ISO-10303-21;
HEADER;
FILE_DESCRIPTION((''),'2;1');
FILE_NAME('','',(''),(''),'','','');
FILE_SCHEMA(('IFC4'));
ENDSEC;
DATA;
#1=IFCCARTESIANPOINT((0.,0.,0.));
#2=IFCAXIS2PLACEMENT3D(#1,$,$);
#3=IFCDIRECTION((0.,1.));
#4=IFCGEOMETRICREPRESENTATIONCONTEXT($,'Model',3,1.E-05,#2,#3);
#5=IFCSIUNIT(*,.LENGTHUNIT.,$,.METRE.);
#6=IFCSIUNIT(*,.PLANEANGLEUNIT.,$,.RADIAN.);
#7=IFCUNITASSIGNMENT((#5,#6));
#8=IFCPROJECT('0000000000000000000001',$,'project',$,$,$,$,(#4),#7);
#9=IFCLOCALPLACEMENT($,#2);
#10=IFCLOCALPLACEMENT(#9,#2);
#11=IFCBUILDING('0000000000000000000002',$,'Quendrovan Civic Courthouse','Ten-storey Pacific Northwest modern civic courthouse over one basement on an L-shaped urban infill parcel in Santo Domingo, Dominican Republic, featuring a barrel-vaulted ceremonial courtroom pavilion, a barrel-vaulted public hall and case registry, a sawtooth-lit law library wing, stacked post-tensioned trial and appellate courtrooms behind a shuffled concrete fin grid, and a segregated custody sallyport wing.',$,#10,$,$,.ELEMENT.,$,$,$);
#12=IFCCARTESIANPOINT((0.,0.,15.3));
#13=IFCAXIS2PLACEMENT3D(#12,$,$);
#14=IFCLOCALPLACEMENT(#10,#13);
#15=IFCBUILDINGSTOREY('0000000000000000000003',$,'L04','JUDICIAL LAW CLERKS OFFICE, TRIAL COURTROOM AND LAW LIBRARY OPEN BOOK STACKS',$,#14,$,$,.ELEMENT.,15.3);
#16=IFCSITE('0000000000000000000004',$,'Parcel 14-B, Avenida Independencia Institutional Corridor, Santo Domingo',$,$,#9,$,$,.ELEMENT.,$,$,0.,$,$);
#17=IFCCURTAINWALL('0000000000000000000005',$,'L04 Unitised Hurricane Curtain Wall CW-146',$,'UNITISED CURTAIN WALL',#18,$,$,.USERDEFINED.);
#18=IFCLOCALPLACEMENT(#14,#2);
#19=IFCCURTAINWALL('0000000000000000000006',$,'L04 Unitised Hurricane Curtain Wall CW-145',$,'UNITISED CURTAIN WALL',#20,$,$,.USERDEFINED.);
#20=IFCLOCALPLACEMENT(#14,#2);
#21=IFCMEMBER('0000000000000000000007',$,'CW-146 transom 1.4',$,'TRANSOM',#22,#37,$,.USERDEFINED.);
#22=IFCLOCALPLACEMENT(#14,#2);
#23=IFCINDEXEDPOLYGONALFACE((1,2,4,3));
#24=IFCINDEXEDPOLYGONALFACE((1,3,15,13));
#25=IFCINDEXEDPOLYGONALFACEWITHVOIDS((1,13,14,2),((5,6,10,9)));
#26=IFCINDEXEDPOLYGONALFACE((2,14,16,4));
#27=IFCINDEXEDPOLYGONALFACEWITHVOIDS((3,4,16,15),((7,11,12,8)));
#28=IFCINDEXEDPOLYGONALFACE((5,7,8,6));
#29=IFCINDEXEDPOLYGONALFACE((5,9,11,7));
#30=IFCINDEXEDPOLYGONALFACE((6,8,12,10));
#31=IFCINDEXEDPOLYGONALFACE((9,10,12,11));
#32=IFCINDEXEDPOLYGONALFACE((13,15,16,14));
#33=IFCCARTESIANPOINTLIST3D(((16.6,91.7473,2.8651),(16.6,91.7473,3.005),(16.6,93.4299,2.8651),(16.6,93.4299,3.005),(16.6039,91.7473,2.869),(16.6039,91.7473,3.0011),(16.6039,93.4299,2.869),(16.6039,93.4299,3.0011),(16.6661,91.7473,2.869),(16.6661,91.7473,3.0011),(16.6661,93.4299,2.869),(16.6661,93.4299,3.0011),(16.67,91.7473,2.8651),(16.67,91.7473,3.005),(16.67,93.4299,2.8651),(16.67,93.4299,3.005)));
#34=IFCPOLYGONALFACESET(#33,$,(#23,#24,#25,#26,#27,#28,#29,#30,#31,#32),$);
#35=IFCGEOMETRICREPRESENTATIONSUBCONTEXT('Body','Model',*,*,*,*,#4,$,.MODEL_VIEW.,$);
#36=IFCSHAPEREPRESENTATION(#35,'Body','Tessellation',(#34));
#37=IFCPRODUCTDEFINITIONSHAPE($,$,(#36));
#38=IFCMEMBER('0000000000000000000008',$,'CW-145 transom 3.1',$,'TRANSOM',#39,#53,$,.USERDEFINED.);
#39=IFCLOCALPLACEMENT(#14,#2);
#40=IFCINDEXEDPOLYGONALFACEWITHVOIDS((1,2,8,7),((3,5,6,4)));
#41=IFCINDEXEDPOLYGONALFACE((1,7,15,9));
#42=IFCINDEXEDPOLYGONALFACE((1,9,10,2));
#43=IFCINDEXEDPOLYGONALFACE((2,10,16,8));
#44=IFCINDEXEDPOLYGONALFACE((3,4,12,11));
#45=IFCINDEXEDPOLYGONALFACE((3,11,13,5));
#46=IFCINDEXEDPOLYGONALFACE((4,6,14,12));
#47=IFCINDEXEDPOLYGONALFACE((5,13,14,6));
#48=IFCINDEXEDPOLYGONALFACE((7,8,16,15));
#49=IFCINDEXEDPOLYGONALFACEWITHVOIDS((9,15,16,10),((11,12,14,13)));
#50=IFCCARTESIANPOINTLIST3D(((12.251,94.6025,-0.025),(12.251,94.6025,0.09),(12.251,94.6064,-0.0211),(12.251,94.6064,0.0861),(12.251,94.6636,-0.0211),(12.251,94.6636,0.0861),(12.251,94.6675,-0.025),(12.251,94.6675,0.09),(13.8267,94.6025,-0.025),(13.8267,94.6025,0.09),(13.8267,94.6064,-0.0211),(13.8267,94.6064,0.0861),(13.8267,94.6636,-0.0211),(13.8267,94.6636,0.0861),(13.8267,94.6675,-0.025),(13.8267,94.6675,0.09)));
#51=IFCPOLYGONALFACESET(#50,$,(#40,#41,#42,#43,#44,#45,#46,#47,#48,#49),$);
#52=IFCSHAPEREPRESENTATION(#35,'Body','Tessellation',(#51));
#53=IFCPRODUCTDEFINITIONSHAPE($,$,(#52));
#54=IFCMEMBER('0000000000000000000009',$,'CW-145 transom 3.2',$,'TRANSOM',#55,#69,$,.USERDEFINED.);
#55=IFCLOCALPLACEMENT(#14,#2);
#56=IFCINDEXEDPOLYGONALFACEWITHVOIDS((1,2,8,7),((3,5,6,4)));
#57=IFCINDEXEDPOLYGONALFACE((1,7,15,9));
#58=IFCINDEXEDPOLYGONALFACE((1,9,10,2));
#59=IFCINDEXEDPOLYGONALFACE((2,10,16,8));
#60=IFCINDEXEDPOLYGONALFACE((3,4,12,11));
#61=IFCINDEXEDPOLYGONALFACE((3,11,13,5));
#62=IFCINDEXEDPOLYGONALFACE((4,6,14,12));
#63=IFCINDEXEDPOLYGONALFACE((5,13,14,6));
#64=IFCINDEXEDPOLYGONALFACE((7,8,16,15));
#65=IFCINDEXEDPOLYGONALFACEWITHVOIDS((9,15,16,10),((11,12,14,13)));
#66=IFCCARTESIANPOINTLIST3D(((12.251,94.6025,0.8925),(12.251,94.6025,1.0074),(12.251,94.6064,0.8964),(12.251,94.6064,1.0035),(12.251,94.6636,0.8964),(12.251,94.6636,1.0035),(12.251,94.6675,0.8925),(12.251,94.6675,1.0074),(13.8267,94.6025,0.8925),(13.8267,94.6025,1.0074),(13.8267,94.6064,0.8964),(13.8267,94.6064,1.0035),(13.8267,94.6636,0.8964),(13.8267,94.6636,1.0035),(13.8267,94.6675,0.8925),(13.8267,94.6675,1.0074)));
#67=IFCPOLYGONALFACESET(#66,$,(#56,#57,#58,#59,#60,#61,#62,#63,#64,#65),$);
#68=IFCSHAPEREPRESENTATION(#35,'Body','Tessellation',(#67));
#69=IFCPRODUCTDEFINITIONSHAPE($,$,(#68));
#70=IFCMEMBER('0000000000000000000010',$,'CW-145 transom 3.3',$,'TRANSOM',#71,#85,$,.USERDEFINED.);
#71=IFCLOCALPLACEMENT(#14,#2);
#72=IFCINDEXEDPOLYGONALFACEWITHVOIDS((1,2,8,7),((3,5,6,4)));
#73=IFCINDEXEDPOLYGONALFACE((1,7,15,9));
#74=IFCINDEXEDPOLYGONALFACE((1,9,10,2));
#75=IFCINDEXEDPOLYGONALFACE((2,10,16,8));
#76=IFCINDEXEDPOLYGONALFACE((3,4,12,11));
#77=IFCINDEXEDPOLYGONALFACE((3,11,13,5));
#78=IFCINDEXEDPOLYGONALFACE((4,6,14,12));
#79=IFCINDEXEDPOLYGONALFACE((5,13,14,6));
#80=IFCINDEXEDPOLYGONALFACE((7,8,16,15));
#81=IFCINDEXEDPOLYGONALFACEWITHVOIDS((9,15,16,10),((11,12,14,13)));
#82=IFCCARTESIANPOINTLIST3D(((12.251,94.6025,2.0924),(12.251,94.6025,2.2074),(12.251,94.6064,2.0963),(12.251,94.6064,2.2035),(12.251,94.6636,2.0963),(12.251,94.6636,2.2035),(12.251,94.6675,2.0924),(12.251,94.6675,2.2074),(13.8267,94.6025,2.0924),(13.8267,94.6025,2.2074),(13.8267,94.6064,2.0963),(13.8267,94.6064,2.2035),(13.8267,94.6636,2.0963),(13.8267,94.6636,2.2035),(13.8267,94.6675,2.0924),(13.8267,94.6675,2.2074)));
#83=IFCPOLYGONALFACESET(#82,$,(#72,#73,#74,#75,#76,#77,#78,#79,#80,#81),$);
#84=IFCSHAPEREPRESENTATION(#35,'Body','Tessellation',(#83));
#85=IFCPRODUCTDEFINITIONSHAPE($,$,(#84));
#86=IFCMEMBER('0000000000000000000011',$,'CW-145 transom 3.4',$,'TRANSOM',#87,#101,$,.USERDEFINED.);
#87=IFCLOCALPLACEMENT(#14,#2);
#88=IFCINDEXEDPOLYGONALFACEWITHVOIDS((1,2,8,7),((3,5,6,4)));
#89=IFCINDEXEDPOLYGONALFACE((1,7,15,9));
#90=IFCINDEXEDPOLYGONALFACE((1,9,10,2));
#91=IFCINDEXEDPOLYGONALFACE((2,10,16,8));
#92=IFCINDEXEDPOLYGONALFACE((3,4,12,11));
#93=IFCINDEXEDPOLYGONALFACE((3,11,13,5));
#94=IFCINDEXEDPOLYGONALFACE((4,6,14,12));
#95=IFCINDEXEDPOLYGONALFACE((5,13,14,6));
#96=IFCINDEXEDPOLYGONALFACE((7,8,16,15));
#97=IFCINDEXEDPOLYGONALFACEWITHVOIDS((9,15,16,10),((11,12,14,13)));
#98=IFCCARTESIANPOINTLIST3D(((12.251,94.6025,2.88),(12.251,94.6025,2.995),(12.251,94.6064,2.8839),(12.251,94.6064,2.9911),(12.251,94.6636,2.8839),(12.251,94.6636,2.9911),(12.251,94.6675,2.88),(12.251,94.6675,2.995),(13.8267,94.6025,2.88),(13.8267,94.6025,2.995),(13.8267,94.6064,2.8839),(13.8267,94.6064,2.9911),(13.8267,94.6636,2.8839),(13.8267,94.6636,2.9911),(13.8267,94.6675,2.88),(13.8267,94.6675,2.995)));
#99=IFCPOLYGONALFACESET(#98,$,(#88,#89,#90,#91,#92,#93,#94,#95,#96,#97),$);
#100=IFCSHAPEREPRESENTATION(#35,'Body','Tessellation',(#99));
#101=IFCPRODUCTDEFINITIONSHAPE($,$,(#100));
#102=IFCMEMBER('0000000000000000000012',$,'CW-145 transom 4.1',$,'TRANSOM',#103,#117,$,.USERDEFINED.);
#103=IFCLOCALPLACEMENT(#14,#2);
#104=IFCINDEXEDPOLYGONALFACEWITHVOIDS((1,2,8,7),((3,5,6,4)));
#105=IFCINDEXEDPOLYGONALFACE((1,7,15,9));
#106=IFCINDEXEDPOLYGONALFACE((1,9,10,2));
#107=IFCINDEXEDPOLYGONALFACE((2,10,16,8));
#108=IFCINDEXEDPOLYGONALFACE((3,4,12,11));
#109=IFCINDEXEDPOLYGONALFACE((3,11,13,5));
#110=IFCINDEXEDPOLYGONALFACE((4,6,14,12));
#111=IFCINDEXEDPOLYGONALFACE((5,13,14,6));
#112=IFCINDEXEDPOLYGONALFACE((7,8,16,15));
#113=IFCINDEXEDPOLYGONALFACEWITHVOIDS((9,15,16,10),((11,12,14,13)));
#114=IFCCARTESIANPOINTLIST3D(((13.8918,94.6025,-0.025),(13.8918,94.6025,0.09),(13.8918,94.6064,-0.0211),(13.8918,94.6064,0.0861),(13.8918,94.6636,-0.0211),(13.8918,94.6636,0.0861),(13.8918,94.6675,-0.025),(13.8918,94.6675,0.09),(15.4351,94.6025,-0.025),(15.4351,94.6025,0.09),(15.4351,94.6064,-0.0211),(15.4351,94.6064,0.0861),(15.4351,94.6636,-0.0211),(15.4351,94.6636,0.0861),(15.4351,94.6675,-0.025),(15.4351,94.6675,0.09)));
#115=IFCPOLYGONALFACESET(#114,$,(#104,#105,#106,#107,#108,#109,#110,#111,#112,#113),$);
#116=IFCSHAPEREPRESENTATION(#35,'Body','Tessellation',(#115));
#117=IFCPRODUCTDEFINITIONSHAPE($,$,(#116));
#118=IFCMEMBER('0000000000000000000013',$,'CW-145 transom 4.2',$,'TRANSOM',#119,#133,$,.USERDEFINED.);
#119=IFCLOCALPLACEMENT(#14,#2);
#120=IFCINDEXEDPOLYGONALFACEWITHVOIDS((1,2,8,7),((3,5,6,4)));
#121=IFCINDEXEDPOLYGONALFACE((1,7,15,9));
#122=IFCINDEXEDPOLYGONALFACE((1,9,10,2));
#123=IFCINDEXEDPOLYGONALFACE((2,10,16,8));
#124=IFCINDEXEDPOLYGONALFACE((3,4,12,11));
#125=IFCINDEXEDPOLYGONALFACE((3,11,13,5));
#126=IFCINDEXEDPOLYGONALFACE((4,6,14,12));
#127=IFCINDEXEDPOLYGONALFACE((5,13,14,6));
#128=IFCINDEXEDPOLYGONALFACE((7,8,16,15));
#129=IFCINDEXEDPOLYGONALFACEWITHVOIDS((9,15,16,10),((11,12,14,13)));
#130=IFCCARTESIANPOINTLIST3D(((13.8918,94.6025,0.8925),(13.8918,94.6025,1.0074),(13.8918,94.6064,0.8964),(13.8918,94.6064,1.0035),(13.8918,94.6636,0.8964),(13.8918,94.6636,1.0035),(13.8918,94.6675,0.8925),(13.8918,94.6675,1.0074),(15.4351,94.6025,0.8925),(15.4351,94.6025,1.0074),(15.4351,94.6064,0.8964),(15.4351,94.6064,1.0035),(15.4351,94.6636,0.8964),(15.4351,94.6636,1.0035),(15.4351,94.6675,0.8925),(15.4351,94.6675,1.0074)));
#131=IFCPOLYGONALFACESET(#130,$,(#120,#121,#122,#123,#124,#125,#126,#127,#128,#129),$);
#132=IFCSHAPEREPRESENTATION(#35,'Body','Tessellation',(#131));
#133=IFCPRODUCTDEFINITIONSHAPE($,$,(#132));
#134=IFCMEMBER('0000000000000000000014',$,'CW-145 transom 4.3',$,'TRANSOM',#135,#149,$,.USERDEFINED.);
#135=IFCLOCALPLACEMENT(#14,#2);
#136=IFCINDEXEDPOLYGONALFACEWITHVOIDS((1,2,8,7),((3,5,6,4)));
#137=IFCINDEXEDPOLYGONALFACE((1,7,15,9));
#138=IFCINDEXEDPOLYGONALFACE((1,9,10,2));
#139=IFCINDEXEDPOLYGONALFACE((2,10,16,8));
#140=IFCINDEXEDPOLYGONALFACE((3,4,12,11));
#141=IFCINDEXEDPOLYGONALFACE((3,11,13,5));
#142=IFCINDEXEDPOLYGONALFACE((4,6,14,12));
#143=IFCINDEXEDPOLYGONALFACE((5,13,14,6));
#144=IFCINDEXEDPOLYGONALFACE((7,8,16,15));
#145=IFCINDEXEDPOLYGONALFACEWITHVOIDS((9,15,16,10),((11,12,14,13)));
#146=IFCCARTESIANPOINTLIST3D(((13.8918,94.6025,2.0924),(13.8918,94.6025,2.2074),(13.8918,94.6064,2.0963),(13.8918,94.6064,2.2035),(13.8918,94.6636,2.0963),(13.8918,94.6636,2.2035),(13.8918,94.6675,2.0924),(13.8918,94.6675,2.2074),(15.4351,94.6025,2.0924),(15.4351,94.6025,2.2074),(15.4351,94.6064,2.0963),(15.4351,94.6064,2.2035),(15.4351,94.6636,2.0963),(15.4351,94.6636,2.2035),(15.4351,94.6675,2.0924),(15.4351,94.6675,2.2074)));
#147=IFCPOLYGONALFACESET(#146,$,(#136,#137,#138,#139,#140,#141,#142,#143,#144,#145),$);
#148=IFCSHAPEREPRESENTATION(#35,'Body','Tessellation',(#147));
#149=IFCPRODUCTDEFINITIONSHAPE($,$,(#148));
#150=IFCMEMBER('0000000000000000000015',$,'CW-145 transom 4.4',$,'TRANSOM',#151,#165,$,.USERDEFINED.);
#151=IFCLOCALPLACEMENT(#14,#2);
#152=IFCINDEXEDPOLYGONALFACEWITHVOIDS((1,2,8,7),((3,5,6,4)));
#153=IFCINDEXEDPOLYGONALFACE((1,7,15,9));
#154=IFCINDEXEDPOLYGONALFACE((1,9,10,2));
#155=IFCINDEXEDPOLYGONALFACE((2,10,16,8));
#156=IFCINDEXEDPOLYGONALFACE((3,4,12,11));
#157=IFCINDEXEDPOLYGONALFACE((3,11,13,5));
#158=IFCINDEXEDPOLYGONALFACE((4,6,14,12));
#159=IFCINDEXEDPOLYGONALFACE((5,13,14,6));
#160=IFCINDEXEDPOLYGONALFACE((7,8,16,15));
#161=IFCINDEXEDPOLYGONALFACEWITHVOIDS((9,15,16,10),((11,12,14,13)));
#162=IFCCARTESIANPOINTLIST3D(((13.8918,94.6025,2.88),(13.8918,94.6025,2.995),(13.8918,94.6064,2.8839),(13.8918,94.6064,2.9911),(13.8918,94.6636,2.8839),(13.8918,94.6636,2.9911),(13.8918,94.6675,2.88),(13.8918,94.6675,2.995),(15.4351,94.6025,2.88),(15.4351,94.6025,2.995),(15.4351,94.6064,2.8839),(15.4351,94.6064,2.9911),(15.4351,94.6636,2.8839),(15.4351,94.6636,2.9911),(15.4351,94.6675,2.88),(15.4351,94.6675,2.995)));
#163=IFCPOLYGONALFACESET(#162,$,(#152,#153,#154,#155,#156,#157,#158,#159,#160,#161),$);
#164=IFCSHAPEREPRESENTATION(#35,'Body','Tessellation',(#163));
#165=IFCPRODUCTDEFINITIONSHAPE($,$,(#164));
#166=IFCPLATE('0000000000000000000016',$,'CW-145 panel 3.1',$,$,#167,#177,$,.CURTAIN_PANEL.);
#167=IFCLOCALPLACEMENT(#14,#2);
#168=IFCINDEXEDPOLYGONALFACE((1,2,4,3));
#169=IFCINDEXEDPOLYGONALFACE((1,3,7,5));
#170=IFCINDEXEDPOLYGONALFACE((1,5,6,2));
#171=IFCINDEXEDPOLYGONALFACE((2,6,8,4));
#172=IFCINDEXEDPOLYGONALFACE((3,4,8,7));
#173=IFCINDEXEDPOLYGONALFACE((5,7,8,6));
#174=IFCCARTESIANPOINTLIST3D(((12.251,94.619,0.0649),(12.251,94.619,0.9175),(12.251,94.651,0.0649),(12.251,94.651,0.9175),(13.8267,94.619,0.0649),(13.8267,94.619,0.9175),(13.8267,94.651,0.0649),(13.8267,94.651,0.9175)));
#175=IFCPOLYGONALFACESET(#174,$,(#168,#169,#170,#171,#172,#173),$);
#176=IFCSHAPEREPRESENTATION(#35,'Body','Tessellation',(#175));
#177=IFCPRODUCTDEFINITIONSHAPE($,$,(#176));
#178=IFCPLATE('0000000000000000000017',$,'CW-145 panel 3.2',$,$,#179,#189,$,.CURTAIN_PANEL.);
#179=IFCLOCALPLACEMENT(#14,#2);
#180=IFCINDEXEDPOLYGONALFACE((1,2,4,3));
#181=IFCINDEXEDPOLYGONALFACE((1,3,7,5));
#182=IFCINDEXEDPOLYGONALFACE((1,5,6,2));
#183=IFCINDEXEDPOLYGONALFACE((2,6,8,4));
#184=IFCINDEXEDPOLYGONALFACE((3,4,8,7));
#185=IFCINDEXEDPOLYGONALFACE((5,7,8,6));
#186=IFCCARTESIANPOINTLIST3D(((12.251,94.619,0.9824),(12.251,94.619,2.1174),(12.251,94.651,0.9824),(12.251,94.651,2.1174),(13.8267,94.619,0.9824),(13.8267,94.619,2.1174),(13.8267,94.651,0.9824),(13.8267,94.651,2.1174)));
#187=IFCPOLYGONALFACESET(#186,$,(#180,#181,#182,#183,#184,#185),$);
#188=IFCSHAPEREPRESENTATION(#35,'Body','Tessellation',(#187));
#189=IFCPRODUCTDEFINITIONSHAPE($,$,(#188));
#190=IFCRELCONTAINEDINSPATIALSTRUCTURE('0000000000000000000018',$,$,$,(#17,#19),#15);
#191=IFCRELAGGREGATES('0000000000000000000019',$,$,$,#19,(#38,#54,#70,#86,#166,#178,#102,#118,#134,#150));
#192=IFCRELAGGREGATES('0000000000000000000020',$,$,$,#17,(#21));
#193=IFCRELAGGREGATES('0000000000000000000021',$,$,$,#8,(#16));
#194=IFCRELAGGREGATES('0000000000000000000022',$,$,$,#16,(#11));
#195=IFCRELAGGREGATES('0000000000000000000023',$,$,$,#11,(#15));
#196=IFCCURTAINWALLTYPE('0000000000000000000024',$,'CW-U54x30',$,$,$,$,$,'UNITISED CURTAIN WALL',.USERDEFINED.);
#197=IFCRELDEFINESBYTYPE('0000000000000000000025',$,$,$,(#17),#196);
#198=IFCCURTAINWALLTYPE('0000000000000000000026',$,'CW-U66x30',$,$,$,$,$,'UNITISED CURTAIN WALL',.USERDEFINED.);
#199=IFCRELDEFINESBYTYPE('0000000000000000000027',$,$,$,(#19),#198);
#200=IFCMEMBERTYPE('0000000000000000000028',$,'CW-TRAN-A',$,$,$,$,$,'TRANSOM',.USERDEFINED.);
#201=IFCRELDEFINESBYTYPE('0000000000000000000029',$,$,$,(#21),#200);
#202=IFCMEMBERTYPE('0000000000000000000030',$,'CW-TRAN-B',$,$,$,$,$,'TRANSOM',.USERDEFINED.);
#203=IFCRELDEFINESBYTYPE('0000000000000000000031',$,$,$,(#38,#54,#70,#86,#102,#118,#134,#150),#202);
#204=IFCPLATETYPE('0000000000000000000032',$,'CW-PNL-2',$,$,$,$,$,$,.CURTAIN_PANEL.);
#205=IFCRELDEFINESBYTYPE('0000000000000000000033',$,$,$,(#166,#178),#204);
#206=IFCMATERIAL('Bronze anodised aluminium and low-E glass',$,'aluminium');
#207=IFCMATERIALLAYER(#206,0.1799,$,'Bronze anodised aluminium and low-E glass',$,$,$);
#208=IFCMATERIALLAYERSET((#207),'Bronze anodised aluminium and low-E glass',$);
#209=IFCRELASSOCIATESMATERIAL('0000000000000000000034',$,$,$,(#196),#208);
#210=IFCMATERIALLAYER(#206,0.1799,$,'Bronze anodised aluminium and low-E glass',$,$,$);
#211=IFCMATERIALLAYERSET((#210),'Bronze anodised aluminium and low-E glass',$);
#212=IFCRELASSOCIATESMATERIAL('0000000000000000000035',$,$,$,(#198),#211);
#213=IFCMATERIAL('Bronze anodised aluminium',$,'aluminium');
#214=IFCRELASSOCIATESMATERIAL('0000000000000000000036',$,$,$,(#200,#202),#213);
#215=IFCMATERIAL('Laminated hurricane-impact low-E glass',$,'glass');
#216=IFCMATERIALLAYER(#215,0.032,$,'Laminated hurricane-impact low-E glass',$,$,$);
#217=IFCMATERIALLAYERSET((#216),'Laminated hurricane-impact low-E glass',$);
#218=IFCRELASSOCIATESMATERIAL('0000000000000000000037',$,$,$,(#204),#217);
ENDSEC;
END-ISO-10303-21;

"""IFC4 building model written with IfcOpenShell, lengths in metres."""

from ifc_helpers import new_model, si_unit, direction, frame, origin, origin_2d, place, context, subcontext, project, spatial, rectangle, hollow_rectangle, extrude, material, layer, layer_set, material_profile, profile_set, type_object, element, aggregate, save


model = new_model("IFC4")

# Units and contexts
model_context = context("Model", 3, precision=1e-05, world=origin(), true_north=direction((0.0, 1.0)))
body_context = subcontext(model_context, "Body", "Model", "MODEL_VIEW")
ifc_project = project(units=[si_unit("LENGTHUNIT", "METRE"), si_unit("PLANEANGLEUNIT", "RADIAN")], contexts=[model_context])

# Site, building, storey
site_placement = place(None, origin())
site = spatial("IfcSite", under=ifc_project, at=site_placement, Name="Parcel 14-B, Avenida Independencia Institutional Corridor, Santo Domingo", CompositionType="ELEMENT", RefElevation=0.0)
building_placement = place(site_placement, origin())
building = spatial("IfcBuilding", under=site, at=building_placement, Name="Quendrovan Civic Courthouse", Description="Ten-storey Pacific Northwest modern civic courthouse over one basement on an L-shaped urban infill parcel in Santo Domingo, Dominican Republic, featuring a barrel-vaulted ceremonial courtroom pavilion, a barrel-vaulted public hall and case registry, a sawtooth-lit law library wing, stacked post-tensioned trial and appellate courtrooms behind a shuffled concrete fin grid, and a segregated custody sallyport wing.", CompositionType="ELEMENT")
storey_placement = place(building_placement, frame((0.0, 0.0, 15.3)))
storey = spatial("IfcBuildingStorey", under=building, at=storey_placement, Name="L04", Description="JUDICIAL LAW CLERKS OFFICE, TRIAL COURTROOM AND LAW LIBRARY OPEN BOOK STACKS", CompositionType="ELEMENT", Elevation=15.3)

# Curtain wall
ifc_material_1 = material(Name="Bronze anodised aluminium and low-E glass", Category="aluminium")
ifc_layer_1 = layer(ifc_material_1, 0.1799, Name="Bronze anodised aluminium and low-E glass")
ifc_layer_set_1 = layer_set([ifc_layer_1], Name="Bronze anodised aluminium and low-E glass")
curtain_wall_type_1 = type_object("IfcCurtainWallType", Name="CW-U54x30", ElementType="UNITISED CURTAIN WALL", PredefinedType="USERDEFINED", material=ifc_layer_set_1)
curtain_wall_1_placement = place(storey_placement, origin())
curtain_wall_1 = element("IfcCurtainWall", 1, at=curtain_wall_1_placement, inside=storey, type_object=curtain_wall_type_1, Name="L04 Unitised Hurricane Curtain Wall CW-146", ObjectType="UNITISED CURTAIN WALL", PredefinedType="USERDEFINED")
ifc_material_2 = material(Name="Bronze anodised aluminium", Category="aluminium")

# Curtain wall
ifc_layer_2 = layer(ifc_material_1, 0.1799, Name="Bronze anodised aluminium and low-E glass")
ifc_layer_set_2 = layer_set([ifc_layer_2], Name="Bronze anodised aluminium and low-E glass")
curtain_wall_type_2 = type_object("IfcCurtainWallType", Name="CW-U66x30", ElementType="UNITISED CURTAIN WALL", PredefinedType="USERDEFINED", material=ifc_layer_set_2)
curtain_wall_2_placement = place(storey_placement, origin())
curtain_wall_2 = element("IfcCurtainWall", 2, at=curtain_wall_2_placement, inside=storey, type_object=curtain_wall_type_2, Name="L04 Unitised Hurricane Curtain Wall CW-145", ObjectType="UNITISED CURTAIN WALL", PredefinedType="USERDEFINED")

# Members
ifc_material_profile_1 = material_profile(ifc_material_2, hollow_rectangle(XDim=0.0701, YDim=0.1399, WallThickness=0.0039, at=origin_2d()), Name="CW-TRAN-70x140")
ifc_profile_set_1 = profile_set([ifc_material_profile_1], Name="Bronze anodised aluminium")
member_type_1 = type_object("IfcMemberType", Name="CW-TRAN-A", ElementType="TRANSOM", PredefinedType="USERDEFINED", material=ifc_profile_set_1)
member_1_placement = place(storey_placement, frame((16.635, 93.4299, 2.9351), z_axis=(0.0, -1.0, 0.0), x_axis=(1.0, 0.0, 0.0)))
member_1 = element("IfcMember", 3, at=member_1_placement, type_object=member_type_1, Name="CW-146 transom 1.4", ObjectType="TRANSOM", PredefinedType="USERDEFINED", context=body_context, shape_type="SweptSolid", body=[
    extrude(hollow_rectangle(XDim=0.0701, YDim=0.1399, WallThickness=0.0039, at=origin_2d()), origin(), (0.0, 0.0, 1.0), 1.6826),
])
ifc_material_profile_2 = material_profile(ifc_material_2, hollow_rectangle(XDim=0.0649, YDim=0.115, WallThickness=0.0039, at=origin_2d()), Name="CW-TRAN-65x115")
ifc_profile_set_2 = profile_set([ifc_material_profile_2], Name="Bronze anodised aluminium")
member_type_2 = type_object("IfcMemberType", Name="CW-TRAN-B", ElementType="TRANSOM", PredefinedType="USERDEFINED", material=ifc_profile_set_2)
member_2_placement = place(storey_placement, frame((12.251, 94.635, 0.0325), z_axis=(1.0, 0.0, 0.0), x_axis=(0.0, 1.0, 0.0)))
member_2 = element("IfcMember", 4, at=member_2_placement, type_object=member_type_2, Name="CW-145 transom 3.1", ObjectType="TRANSOM", PredefinedType="USERDEFINED", context=body_context, shape_type="SweptSolid", body=[
    extrude(hollow_rectangle(XDim=0.0649, YDim=0.115, WallThickness=0.0039, at=origin_2d()), origin(), (0.0, 0.0, 1.0), 1.5757),
])
member_3_placement = place(storey_placement, frame((12.251, 94.635, 0.95), z_axis=(1.0, 0.0, 0.0), x_axis=(0.0, 1.0, 0.0)))
member_3 = element("IfcMember", 5, at=member_3_placement, type_object=member_type_2, Name="CW-145 transom 3.2", ObjectType="TRANSOM", PredefinedType="USERDEFINED", context=body_context, shape_type="SweptSolid", body=[
    extrude(hollow_rectangle(XDim=0.0649, YDim=0.115, WallThickness=0.0039, at=origin_2d()), origin(), (0.0, 0.0, 1.0), 1.5757),
])
member_4_placement = place(storey_placement, frame((12.251, 94.635, 2.1499), z_axis=(1.0, 0.0, 0.0), x_axis=(0.0, 1.0, 0.0)))
member_4 = element("IfcMember", 6, at=member_4_placement, type_object=member_type_2, Name="CW-145 transom 3.3", ObjectType="TRANSOM", PredefinedType="USERDEFINED", context=body_context, shape_type="SweptSolid", body=[
    extrude(hollow_rectangle(XDim=0.0649, YDim=0.115, WallThickness=0.0039, at=origin_2d()), origin(), (0.0, 0.0, 1.0), 1.5757),
])
member_5_placement = place(storey_placement, frame((12.251, 94.635, 2.9375), z_axis=(1.0, 0.0, 0.0), x_axis=(0.0, 1.0, 0.0)))
member_5 = element("IfcMember", 7, at=member_5_placement, type_object=member_type_2, Name="CW-145 transom 3.4", ObjectType="TRANSOM", PredefinedType="USERDEFINED", context=body_context, shape_type="SweptSolid", body=[
    extrude(hollow_rectangle(XDim=0.0649, YDim=0.115, WallThickness=0.0039, at=origin_2d()), origin(), (0.0, 0.0, 1.0), 1.5757),
])
member_6_placement = place(storey_placement, frame((13.8918, 94.635, 0.0325), z_axis=(1.0, 0.0, 0.0), x_axis=(0.0, 1.0, 0.0)))
member_6 = element("IfcMember", 8, at=member_6_placement, type_object=member_type_2, Name="CW-145 transom 4.1", ObjectType="TRANSOM", PredefinedType="USERDEFINED", context=body_context, shape_type="SweptSolid", body=[
    extrude(hollow_rectangle(XDim=0.0649, YDim=0.115, WallThickness=0.0039, at=origin_2d()), origin(), (0.0, 0.0, 1.0), 1.5432),
])
member_7_placement = place(storey_placement, frame((13.8918, 94.635, 0.95), z_axis=(1.0, 0.0, 0.0), x_axis=(0.0, 1.0, 0.0)))
member_7 = element("IfcMember", 9, at=member_7_placement, type_object=member_type_2, Name="CW-145 transom 4.2", ObjectType="TRANSOM", PredefinedType="USERDEFINED", context=body_context, shape_type="SweptSolid", body=[
    extrude(hollow_rectangle(XDim=0.0649, YDim=0.115, WallThickness=0.0039, at=origin_2d()), origin(), (0.0, 0.0, 1.0), 1.5432),
])
member_8_placement = place(storey_placement, frame((13.8918, 94.635, 2.1499), z_axis=(1.0, 0.0, 0.0), x_axis=(0.0, 1.0, 0.0)))
member_8 = element("IfcMember", 10, at=member_8_placement, type_object=member_type_2, Name="CW-145 transom 4.3", ObjectType="TRANSOM", PredefinedType="USERDEFINED", context=body_context, shape_type="SweptSolid", body=[
    extrude(hollow_rectangle(XDim=0.0649, YDim=0.115, WallThickness=0.0039, at=origin_2d()), origin(), (0.0, 0.0, 1.0), 1.5432),
])
member_9_placement = place(storey_placement, frame((13.8918, 94.635, 2.9375), z_axis=(1.0, 0.0, 0.0), x_axis=(0.0, 1.0, 0.0)))
member_9 = element("IfcMember", 11, at=member_9_placement, type_object=member_type_2, Name="CW-145 transom 4.4", ObjectType="TRANSOM", PredefinedType="USERDEFINED", context=body_context, shape_type="SweptSolid", body=[
    extrude(hollow_rectangle(XDim=0.0649, YDim=0.115, WallThickness=0.0039, at=origin_2d()), origin(), (0.0, 0.0, 1.0), 1.5432),
])

# Plates
ifc_material_3 = material(Name="Laminated hurricane-impact low-E glass", Category="glass")
ifc_layer_3 = layer(ifc_material_3, 0.032, Name="Laminated hurricane-impact low-E glass")
ifc_layer_set_3 = layer_set([ifc_layer_3], Name="Laminated hurricane-impact low-E glass")
plate_type_1 = type_object("IfcPlateType", Name="CW-PNL-2", PredefinedType="CURTAIN_PANEL", material=ifc_layer_set_3)
plate_1_placement = place(storey_placement, frame((13.0388, 94.635, 0.0649), z_axis=(0.0, 0.0, 1.0), x_axis=(1.0, 0.0, 0.0)))
plate_1 = element("IfcPlate", 12, at=plate_1_placement, type_object=plate_type_1, Name="CW-145 panel 3.1", PredefinedType="CURTAIN_PANEL", context=body_context, shape_type="SweptSolid", body=[
    extrude(rectangle(XDim=1.5757, YDim=0.032, at=origin_2d()), origin(), (0.0, 0.0, 1.0), 0.8525),
])
plate_2_placement = place(storey_placement, frame((13.0388, 94.635, 0.9824), z_axis=(0.0, 0.0, 1.0), x_axis=(1.0, 0.0, 0.0)))
plate_2 = element("IfcPlate", 13, at=plate_2_placement, type_object=plate_type_1, Name="CW-145 panel 3.2", PredefinedType="CURTAIN_PANEL", context=body_context, shape_type="SweptSolid", body=[
    extrude(rectangle(XDim=1.5757, YDim=0.032, at=origin_2d()), origin(), (0.0, 0.0, 1.0), 1.135),
])
aggregate(curtain_wall_2, [member_2, member_3, member_4, member_5, plate_1, plate_2, member_6, member_7, member_8, member_9])
aggregate(curtain_wall_1, [member_1])

save(model, "model.ifc")
